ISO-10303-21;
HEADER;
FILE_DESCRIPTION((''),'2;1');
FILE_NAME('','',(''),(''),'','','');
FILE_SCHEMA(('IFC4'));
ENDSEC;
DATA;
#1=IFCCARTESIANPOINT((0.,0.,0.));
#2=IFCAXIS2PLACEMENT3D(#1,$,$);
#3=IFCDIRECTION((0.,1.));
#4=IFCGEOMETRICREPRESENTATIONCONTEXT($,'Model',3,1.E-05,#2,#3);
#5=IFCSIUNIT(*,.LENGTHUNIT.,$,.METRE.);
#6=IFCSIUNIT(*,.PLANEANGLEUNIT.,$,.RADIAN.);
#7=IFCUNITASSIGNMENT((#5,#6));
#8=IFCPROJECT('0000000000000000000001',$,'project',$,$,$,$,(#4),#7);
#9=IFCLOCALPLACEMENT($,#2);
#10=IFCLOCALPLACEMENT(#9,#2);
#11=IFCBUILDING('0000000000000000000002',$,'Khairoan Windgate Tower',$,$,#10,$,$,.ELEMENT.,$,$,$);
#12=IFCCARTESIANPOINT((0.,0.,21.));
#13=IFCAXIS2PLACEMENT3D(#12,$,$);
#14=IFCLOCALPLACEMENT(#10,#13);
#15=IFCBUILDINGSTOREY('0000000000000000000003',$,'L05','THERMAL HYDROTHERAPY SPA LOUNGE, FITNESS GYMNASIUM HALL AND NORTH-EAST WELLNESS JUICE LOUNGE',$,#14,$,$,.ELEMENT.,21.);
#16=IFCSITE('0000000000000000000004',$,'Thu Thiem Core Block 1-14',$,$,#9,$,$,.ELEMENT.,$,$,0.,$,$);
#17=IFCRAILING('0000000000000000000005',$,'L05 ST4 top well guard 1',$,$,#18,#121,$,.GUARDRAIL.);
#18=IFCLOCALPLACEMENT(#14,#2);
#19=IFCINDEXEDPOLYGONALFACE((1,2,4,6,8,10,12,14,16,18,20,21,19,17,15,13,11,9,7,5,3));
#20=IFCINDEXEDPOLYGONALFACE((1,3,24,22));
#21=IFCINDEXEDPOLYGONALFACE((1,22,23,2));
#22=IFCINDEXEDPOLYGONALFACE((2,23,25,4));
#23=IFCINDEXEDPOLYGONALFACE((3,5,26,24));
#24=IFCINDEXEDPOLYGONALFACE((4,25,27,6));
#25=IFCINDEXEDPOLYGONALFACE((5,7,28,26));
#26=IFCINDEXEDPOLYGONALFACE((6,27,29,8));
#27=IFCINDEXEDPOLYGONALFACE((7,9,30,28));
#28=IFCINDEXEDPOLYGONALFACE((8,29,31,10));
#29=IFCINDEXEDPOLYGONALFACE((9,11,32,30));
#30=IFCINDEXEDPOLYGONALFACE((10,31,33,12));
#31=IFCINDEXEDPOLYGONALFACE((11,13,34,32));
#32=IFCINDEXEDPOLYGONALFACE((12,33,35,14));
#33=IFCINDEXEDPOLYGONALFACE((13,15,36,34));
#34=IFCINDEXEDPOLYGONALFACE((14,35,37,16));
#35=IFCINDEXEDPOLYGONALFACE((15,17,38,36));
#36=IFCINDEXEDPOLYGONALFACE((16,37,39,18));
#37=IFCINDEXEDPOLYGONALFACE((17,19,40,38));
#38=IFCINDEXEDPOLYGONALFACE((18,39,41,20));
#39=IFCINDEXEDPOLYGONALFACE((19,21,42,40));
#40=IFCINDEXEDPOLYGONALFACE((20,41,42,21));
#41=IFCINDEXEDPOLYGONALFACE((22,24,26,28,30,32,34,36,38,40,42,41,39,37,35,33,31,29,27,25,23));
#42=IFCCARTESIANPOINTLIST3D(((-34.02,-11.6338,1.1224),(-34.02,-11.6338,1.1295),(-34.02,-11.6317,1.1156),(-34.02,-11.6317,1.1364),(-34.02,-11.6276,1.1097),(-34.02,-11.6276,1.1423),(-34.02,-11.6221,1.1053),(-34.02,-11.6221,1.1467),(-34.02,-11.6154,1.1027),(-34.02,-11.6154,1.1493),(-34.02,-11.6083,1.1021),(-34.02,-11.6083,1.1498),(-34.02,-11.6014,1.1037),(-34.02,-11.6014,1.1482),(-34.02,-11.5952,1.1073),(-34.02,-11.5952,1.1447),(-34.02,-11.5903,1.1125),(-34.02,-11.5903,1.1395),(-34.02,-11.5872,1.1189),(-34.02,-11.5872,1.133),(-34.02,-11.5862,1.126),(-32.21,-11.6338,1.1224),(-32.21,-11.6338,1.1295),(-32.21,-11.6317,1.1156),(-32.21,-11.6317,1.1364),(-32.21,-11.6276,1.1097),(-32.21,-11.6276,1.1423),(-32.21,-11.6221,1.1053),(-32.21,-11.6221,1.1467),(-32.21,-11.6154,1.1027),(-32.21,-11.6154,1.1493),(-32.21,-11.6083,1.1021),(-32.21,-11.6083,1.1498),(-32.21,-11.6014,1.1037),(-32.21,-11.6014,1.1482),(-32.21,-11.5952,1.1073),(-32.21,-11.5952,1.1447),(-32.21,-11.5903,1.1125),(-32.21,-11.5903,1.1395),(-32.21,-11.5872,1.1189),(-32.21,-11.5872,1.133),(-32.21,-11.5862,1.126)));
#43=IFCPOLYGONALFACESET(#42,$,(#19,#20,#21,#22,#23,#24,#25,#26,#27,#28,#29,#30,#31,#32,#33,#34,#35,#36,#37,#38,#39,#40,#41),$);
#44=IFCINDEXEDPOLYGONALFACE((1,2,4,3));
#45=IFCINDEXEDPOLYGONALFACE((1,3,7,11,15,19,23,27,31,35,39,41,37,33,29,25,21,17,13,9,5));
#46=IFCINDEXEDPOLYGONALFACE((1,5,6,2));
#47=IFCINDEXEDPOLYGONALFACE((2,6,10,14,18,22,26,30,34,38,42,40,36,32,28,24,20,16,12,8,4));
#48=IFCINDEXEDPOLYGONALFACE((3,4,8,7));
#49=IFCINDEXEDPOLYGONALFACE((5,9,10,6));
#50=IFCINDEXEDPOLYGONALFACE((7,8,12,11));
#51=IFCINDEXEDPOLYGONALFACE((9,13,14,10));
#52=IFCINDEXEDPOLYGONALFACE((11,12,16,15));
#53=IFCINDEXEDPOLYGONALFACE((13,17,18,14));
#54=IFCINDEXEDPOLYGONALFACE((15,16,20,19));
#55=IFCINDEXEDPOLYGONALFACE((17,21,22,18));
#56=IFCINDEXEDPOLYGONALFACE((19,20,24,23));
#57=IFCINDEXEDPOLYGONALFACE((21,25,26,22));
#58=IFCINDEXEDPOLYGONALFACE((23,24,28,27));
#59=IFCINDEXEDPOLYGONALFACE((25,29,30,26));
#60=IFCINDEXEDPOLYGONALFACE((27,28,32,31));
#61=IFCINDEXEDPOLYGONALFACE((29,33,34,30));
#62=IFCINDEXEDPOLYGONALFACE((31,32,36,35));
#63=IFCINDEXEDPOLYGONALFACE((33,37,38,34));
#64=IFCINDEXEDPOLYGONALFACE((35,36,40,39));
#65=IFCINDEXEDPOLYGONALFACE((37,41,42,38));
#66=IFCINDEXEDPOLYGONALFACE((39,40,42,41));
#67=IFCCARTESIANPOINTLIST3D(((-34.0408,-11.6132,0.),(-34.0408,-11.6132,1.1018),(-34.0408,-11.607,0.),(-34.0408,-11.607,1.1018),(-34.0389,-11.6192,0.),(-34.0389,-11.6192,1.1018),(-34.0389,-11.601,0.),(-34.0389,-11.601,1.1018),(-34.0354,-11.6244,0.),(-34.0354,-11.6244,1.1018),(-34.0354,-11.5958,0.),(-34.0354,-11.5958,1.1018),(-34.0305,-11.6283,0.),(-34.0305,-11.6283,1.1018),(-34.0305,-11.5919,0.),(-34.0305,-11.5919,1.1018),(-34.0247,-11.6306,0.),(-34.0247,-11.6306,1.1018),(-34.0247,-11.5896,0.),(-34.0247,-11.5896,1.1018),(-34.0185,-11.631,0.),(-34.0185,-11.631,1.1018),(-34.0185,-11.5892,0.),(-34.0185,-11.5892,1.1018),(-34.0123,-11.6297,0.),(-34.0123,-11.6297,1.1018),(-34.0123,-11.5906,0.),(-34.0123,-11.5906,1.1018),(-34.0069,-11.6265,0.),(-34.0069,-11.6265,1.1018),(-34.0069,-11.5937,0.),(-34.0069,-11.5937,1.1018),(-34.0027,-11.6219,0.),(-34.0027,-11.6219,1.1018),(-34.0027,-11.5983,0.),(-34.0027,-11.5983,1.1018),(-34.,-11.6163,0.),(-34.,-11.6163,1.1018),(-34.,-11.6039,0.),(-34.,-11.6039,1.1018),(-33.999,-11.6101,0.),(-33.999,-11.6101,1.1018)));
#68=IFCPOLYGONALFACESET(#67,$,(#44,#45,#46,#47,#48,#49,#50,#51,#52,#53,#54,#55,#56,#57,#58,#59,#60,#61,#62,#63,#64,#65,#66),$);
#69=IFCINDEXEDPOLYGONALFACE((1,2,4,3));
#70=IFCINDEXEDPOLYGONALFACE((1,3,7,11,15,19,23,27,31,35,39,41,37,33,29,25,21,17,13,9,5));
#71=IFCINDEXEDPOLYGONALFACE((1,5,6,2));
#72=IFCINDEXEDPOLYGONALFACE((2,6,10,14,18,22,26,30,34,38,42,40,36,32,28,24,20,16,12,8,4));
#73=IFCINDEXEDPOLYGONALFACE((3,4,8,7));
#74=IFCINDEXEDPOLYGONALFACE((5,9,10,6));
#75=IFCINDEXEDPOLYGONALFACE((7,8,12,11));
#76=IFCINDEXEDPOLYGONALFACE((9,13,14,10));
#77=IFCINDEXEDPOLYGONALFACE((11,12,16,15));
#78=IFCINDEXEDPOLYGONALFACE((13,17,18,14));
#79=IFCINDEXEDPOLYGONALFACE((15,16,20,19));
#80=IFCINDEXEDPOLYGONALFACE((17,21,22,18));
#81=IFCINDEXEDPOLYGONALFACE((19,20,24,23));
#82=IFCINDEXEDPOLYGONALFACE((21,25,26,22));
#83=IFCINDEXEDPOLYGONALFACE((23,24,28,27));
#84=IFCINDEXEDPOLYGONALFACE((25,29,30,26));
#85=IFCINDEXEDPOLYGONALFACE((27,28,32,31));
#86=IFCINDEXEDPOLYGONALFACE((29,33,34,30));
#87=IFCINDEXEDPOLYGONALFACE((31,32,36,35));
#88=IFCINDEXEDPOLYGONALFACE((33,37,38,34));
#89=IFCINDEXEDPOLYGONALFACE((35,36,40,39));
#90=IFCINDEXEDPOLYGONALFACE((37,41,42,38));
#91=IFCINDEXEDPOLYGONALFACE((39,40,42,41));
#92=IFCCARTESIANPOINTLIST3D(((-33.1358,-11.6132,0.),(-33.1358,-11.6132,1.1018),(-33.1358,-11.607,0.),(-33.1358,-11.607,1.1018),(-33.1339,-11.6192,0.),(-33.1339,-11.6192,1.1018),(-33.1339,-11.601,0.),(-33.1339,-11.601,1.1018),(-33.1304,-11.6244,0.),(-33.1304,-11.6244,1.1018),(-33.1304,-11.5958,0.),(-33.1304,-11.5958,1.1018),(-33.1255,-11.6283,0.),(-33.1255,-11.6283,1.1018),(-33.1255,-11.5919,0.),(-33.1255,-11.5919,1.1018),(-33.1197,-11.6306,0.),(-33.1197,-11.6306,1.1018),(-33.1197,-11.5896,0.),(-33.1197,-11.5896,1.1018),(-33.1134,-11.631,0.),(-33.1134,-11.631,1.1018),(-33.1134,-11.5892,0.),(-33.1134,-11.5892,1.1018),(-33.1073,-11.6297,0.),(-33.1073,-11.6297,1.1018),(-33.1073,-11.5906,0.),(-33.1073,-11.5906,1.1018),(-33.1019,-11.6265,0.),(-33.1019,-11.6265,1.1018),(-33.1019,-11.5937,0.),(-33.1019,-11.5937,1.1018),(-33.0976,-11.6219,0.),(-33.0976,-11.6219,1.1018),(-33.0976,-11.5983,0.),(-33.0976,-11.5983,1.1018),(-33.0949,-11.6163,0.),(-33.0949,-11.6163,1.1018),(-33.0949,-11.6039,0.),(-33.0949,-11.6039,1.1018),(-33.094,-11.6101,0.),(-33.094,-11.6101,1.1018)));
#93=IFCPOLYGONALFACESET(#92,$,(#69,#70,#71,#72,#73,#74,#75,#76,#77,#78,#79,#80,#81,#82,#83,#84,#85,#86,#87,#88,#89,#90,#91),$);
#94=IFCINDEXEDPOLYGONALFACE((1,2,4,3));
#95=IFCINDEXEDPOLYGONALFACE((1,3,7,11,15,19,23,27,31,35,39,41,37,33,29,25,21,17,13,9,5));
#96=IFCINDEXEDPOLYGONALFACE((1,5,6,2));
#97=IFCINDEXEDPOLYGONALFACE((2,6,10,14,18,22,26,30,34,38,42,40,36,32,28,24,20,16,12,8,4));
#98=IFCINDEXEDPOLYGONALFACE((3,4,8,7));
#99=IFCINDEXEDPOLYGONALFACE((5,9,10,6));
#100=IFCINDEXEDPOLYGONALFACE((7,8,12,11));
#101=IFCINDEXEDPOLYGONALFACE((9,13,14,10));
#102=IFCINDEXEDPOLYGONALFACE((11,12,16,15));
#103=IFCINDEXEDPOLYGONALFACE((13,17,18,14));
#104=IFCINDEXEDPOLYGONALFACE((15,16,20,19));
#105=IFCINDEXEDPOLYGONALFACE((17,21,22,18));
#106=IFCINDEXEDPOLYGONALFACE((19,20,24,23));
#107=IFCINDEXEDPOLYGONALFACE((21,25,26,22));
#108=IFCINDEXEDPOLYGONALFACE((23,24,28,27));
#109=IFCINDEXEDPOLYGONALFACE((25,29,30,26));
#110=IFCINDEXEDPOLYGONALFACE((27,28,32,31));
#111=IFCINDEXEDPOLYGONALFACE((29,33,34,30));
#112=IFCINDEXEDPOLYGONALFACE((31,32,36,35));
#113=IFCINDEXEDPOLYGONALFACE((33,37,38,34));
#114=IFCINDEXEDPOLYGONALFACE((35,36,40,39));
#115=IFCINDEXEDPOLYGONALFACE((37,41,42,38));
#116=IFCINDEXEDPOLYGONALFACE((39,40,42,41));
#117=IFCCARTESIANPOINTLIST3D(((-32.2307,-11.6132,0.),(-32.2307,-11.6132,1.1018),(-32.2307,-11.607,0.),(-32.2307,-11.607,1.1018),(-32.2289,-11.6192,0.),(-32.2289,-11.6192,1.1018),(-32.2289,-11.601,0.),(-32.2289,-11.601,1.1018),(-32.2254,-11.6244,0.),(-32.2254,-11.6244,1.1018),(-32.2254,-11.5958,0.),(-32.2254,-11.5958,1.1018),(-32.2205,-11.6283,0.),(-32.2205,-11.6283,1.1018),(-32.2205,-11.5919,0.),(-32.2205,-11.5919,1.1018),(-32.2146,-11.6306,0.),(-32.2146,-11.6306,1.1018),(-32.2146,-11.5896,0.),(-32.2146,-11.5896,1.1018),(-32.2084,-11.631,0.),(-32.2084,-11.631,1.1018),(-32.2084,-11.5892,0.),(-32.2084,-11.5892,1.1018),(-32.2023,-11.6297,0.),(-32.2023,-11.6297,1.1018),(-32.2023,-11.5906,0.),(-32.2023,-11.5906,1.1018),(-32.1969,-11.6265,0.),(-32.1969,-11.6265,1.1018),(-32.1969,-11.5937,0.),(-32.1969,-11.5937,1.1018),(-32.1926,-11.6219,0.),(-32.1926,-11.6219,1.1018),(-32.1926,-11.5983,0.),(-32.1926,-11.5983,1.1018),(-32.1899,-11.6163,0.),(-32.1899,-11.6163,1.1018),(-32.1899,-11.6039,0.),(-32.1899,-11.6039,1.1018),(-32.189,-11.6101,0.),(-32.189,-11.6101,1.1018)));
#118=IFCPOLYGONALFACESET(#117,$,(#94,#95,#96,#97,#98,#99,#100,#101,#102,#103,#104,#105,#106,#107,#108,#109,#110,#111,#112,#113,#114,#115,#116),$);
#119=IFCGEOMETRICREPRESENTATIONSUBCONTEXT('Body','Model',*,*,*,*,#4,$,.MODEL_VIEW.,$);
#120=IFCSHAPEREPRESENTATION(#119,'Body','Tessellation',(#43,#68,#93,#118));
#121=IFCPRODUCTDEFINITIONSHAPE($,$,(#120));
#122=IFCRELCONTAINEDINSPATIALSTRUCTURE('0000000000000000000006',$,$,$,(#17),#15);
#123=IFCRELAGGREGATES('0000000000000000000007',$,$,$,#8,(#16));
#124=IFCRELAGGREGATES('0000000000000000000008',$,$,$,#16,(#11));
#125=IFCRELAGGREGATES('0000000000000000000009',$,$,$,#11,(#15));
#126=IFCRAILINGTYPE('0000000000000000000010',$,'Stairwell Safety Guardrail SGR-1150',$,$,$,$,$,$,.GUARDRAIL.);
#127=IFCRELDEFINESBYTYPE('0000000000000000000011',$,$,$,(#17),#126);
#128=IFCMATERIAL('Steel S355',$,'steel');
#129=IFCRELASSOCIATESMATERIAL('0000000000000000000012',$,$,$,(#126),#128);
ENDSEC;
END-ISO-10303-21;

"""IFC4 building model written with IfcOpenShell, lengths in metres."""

from ifc_helpers import new_model, si_unit, direction, frame, origin, origin_2d, place, context, subcontext, project, spatial, circle, extrude, material, type_object, element, save


model = new_model("IFC4")

# Units and contexts
model_context = context("Model", 3, precision=1e-05, world=origin(), true_north=direction((0.0, 1.0)))
body_context = subcontext(model_context, "Body", "Model", "MODEL_VIEW")
ifc_project = project(units=[si_unit("LENGTHUNIT", "METRE"), si_unit("PLANEANGLEUNIT", "RADIAN")], contexts=[model_context])

# Site, building, storey
site_placement = place(None, origin())
site = spatial("IfcSite", under=ifc_project, at=site_placement, Name="Thu Thiem Core Block 1-14", CompositionType="ELEMENT", RefElevation=0.0)
building_placement = place(site_placement, origin())
building = spatial("IfcBuilding", under=site, at=building_placement, Name="Khairoan Windgate Tower", CompositionType="ELEMENT")
storey_placement = place(building_placement, frame((0.0, 0.0, 21.0)))
storey = spatial("IfcBuildingStorey", under=building, at=storey_placement, Name="L05", Description="THERMAL HYDROTHERAPY SPA LOUNGE, FITNESS GYMNASIUM HALL AND NORTH-EAST WELLNESS JUICE LOUNGE", CompositionType="ELEMENT", Elevation=21.0)

# Railing
ifc_material_1 = material(Name="Steel S355", Category="steel")
railing_type_1 = type_object("IfcRailingType", Name="Stairwell Safety Guardrail SGR-1150", PredefinedType="GUARDRAIL", material=ifc_material_1)
railing_1_placement = place(storey_placement, frame((-34.02, -11.6101, 0.0)))
element("IfcRailing", 1, at=railing_1_placement, inside=storey, type_object=railing_type_1, Name="L05 ST4 top well guard 1", PredefinedType="GUARDRAIL", context=body_context, shape_type="SweptSolid", body=[
    extrude(circle(Radius=0.0239, at=origin_2d()), frame((0.0, 0.0, 1.126), z_axis=(1.0, 0.0, 0.0), x_axis=(0.0, 1.0, 0.0)), (0.0, 0.0, 1.0), 1.8101),
    extrude(circle(Radius=0.021, at=origin_2d()), origin(), (0.0, 0.0, 1.0), 1.1018),
    extrude(circle(Radius=0.021, at=origin_2d()), frame((0.905, 0.0, 0.0)), (0.0, 0.0, 1.0), 1.1018),
    extrude(circle(Radius=0.021, at=origin_2d()), frame((1.8101, 0.0, 0.0)), (0.0, 0.0, 1.0), 1.1018),
])

save(model, "model.ifc")
